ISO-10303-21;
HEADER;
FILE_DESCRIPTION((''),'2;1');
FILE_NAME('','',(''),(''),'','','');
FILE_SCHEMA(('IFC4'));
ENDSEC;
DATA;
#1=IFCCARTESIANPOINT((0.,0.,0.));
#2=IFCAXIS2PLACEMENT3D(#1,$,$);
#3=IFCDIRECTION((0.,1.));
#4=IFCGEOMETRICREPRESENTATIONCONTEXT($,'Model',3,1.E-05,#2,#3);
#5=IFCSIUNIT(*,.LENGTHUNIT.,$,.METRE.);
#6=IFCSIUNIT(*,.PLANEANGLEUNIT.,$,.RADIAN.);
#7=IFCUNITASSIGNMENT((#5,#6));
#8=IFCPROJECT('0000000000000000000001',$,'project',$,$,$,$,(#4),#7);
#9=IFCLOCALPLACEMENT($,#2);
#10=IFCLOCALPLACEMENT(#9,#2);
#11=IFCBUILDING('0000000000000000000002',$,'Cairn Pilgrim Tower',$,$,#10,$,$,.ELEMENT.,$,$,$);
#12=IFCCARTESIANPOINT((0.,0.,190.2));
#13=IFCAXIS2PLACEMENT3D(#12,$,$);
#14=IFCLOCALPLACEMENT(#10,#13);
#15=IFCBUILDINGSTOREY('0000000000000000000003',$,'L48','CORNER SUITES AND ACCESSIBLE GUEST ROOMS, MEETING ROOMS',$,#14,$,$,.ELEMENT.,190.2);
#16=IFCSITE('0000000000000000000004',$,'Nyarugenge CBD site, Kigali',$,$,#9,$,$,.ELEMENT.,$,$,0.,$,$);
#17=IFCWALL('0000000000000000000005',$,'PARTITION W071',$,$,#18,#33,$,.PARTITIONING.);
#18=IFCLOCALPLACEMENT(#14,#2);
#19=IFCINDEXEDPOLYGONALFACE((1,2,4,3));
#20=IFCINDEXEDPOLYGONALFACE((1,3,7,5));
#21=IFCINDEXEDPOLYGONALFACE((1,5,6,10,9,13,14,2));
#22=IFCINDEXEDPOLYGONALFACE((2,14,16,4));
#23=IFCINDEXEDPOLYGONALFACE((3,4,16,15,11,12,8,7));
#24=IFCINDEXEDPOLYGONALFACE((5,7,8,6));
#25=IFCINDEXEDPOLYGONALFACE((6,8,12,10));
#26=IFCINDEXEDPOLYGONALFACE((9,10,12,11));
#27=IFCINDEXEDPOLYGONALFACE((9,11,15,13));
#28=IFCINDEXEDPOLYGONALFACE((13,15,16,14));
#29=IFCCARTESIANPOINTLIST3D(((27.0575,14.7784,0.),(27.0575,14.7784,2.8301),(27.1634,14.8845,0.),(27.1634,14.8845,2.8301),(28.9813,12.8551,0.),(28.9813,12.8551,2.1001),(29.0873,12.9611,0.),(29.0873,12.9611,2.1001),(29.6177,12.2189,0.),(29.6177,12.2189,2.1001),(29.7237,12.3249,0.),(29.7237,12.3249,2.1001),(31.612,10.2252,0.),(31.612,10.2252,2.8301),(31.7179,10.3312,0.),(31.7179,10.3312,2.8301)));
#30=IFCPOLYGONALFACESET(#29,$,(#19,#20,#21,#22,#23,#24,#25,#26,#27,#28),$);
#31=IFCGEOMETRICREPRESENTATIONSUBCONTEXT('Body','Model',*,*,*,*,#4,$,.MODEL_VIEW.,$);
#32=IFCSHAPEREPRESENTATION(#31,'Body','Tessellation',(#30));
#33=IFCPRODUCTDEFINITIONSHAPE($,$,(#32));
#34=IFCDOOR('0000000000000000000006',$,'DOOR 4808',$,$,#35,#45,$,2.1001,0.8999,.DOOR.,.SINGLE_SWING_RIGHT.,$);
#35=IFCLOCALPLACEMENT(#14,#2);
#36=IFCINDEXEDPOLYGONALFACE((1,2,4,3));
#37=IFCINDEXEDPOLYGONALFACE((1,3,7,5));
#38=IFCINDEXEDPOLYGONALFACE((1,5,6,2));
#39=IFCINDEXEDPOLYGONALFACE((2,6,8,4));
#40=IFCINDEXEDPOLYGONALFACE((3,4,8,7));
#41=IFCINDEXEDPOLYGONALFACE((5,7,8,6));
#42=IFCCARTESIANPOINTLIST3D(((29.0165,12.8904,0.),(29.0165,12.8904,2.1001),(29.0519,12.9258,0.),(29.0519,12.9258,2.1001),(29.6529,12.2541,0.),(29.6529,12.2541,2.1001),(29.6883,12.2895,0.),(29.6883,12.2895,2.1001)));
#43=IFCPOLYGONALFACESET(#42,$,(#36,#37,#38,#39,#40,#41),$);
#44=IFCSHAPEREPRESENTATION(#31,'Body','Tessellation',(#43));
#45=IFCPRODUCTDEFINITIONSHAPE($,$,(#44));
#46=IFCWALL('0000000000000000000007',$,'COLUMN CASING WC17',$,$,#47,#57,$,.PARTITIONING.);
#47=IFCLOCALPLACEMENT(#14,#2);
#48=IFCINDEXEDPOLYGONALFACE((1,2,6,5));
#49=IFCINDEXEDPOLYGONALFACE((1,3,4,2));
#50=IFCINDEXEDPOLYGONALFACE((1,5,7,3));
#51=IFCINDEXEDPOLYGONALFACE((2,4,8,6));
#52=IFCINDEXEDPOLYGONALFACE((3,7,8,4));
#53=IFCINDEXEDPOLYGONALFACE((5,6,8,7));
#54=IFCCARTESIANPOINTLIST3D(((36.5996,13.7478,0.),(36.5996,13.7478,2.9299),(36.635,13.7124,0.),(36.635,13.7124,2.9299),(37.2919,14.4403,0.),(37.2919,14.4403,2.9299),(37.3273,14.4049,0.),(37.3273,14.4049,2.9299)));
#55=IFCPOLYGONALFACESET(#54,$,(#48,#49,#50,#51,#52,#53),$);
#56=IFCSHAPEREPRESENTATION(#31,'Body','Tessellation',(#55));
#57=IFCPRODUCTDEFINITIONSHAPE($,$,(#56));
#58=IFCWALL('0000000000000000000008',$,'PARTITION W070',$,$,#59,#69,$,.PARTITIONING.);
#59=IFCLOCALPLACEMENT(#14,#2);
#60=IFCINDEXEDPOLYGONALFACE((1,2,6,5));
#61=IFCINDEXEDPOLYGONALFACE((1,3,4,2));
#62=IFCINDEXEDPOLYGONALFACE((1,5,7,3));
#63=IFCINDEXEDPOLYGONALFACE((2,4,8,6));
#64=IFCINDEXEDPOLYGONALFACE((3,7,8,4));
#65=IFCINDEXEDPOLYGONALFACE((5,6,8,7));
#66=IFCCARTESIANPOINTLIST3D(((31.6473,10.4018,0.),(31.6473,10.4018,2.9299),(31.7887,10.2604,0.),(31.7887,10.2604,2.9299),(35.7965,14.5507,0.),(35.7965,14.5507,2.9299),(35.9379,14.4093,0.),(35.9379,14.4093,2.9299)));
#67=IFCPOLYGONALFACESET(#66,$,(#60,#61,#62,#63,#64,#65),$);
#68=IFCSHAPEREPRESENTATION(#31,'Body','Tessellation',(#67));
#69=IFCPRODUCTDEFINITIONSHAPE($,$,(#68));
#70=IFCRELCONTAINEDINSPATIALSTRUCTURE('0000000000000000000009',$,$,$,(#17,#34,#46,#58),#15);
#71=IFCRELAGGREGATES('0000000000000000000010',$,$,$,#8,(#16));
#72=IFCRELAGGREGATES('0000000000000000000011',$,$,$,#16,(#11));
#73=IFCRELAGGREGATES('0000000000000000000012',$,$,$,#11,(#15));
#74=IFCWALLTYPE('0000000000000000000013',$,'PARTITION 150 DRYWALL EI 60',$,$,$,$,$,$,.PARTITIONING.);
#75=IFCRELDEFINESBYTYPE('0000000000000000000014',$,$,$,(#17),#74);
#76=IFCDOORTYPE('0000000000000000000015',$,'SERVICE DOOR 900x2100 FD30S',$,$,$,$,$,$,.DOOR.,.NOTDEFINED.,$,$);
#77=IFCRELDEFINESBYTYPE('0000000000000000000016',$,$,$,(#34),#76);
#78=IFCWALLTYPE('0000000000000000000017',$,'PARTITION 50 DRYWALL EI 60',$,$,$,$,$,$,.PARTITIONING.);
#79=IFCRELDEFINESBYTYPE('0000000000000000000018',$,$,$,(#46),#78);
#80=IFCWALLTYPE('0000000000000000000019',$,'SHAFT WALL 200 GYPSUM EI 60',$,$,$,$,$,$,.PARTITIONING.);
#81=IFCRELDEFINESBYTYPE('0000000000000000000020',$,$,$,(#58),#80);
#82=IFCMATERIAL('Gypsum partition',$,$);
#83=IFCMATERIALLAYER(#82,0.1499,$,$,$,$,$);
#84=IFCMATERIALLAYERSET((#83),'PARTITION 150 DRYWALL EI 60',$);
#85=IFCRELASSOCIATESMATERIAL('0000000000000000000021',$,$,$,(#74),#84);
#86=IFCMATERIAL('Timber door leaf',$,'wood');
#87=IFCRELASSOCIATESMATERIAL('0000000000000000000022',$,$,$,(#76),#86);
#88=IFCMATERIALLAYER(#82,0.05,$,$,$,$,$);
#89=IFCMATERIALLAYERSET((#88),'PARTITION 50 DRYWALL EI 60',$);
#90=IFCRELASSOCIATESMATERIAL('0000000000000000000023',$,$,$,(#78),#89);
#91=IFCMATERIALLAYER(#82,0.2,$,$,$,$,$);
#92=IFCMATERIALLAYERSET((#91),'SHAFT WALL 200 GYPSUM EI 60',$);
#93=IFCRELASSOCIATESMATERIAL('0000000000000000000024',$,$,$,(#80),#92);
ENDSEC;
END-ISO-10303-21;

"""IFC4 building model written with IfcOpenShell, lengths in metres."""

from ifc_helpers import new_model, si_unit, direction, frame, frame_2d, origin, place, context, subcontext, project, spatial, rectangle, extrude, material, layer, layer_set, type_object, element, fill, save


model = new_model("IFC4")

# Units and contexts
model_context = context("Model", 3, precision=1e-05, world=origin(), true_north=direction((0.0, 1.0)))
body_context = subcontext(model_context, "Body", "Model", "MODEL_VIEW")
ifc_project = project(units=[si_unit("LENGTHUNIT", "METRE"), si_unit("PLANEANGLEUNIT", "RADIAN")], contexts=[model_context])

# Site, building, storey
site_placement = place(None, origin())
site = spatial("IfcSite", under=ifc_project, at=site_placement, Name="Nyarugenge CBD site, Kigali", CompositionType="ELEMENT", RefElevation=0.0)
building_placement = place(site_placement, origin())
building = spatial("IfcBuilding", under=site, at=building_placement, Name="Cairn Pilgrim Tower", CompositionType="ELEMENT")
storey_placement = place(building_placement, frame((0.0, 0.0, 190.2)))
storey = spatial("IfcBuildingStorey", under=building, at=storey_placement, Name="L48", Description="CORNER SUITES AND ACCESSIBLE GUEST ROOMS, MEETING ROOMS", CompositionType="ELEMENT", Elevation=190.2)

# Shared definitions
ifc_material_1 = material(Name="Gypsum partition")

# Shared definitions
ifc_material_2 = material(Name="Timber door leaf", Category="wood")

# Shared definitions
ifc_layer_1 = layer(ifc_material_1, 0.1499)
ifc_layer_set_1 = layer_set([ifc_layer_1], Name="PARTITION 150 DRYWALL EI 60")
wall_type_1 = type_object("IfcWallType", Name="PARTITION 150 DRYWALL EI 60", PredefinedType="PARTITIONING", material=ifc_layer_set_1)

# Shared definitions
door_type_1 = type_object("IfcDoorType", Name="SERVICE DOOR 900x2100 FD30S", OperationType="NOTDEFINED", PredefinedType="DOOR", material=ifc_material_2)

# Wall, opening, door
wall_1_placement = place(storey_placement, frame((31.665, 10.2781, 0.0), z_axis=(0.0, 0.0, 1.0), x_axis=(-0.707202, 0.707012, 0.0)))
wall_1 = element("IfcWall", 1, at=wall_1_placement, inside=storey, type_object=wall_type_1, Name="PARTITION W071", PredefinedType="PARTITIONING", context=body_context, shape_type="SweptSolid", body=[
    extrude(rectangle(XDim=6.4402, YDim=0.1499, at=frame_2d((3.2202, 0.0))), origin(), (0.0, 0.0, 1.0), 2.8301),
])
opening_1_placement = place(wall_1_placement, frame((2.8201, 0.0, 0.0)))
opening_1 = element("IfcOpeningElement", 2, at=opening_1_placement, cuts=wall_1, PredefinedType="OPENING", context=body_context, shape_type="SweptSolid", body=[
    extrude(rectangle(XDim=0.8999, YDim=2.1001, at=frame_2d((0.45, 1.05))), frame((0.0, 0.085, 0.0), z_axis=(0.0, -1.0, 0.0), x_axis=(1.0, 0.0, 0.0)), (0.0, 0.0, 1.0), 0.1699),
])
door_1_placement = place(opening_1_placement, frame((0.8999, 0.0, 0.0), z_axis=(0.0, 0.0, 1.0), x_axis=(-1.0, 0.0, 0.0)))
door_1 = element("IfcDoor", 3, at=door_1_placement, inside=storey, type_object=door_type_1, Name="DOOR 4808", OperationType="SINGLE_SWING_RIGHT", OverallHeight=2.1001, OverallWidth=0.8999, PredefinedType="DOOR", context=body_context, shape_type="SweptSolid", body=[
    extrude(rectangle(XDim=0.8999, YDim=2.1001, at=frame_2d((0.45, 1.05))), frame((0.0, 0.0249, 0.0), z_axis=(0.0, -1.0, 0.0), x_axis=(1.0, 0.0, 0.0)), (0.0, 0.0, 1.0), 0.05),
])
fill(opening_1, door_1)

# Walls
ifc_layer_2 = layer(ifc_material_1, 0.05)
ifc_layer_set_2 = layer_set([ifc_layer_2], Name="PARTITION 50 DRYWALL EI 60")
wall_type_2 = type_object("IfcWallType", Name="PARTITION 50 DRYWALL EI 60", PredefinedType="PARTITIONING", material=ifc_layer_set_2)
wall_2_placement = place(storey_placement, frame((36.6172, 13.73, 0.0), z_axis=(0.0, 0.0, 1.0), x_axis=(0.706982, 0.707231, 0.0)))
element("IfcWall", 4, at=wall_2_placement, inside=storey, type_object=wall_type_2, Name="COLUMN CASING WC17", PredefinedType="PARTITIONING", context=body_context, shape_type="SweptSolid", body=[
    extrude(rectangle(XDim=0.9792, YDim=0.05, at=frame_2d((0.4897, 0.0))), origin(), (0.0, 0.0, 1.0), 2.9299),
])
ifc_layer_3 = layer(ifc_material_1, 0.2)
ifc_layer_set_3 = layer_set([ifc_layer_3], Name="SHAFT WALL 200 GYPSUM EI 60")
wall_type_3 = type_object("IfcWallType", Name="SHAFT WALL 200 GYPSUM EI 60", PredefinedType="PARTITIONING", material=ifc_layer_set_3)
wall_3_placement = place(storey_placement, frame((31.718, 10.3311, 0.0), z_axis=(0.0, 0.0, 1.0), x_axis=(0.707128, 0.707086, 0.0)))
element("IfcWall", 5, at=wall_3_placement, inside=storey, type_object=wall_type_3, Name="PARTITION W070", PredefinedType="PARTITIONING", context=body_context, shape_type="SweptSolid", body=[
    extrude(rectangle(XDim=5.8677, YDim=0.2, at=frame_2d((2.9338, 0.0))), origin(), (0.0, 0.0, 1.0), 2.9299),
])

save(model, "model.ifc")
